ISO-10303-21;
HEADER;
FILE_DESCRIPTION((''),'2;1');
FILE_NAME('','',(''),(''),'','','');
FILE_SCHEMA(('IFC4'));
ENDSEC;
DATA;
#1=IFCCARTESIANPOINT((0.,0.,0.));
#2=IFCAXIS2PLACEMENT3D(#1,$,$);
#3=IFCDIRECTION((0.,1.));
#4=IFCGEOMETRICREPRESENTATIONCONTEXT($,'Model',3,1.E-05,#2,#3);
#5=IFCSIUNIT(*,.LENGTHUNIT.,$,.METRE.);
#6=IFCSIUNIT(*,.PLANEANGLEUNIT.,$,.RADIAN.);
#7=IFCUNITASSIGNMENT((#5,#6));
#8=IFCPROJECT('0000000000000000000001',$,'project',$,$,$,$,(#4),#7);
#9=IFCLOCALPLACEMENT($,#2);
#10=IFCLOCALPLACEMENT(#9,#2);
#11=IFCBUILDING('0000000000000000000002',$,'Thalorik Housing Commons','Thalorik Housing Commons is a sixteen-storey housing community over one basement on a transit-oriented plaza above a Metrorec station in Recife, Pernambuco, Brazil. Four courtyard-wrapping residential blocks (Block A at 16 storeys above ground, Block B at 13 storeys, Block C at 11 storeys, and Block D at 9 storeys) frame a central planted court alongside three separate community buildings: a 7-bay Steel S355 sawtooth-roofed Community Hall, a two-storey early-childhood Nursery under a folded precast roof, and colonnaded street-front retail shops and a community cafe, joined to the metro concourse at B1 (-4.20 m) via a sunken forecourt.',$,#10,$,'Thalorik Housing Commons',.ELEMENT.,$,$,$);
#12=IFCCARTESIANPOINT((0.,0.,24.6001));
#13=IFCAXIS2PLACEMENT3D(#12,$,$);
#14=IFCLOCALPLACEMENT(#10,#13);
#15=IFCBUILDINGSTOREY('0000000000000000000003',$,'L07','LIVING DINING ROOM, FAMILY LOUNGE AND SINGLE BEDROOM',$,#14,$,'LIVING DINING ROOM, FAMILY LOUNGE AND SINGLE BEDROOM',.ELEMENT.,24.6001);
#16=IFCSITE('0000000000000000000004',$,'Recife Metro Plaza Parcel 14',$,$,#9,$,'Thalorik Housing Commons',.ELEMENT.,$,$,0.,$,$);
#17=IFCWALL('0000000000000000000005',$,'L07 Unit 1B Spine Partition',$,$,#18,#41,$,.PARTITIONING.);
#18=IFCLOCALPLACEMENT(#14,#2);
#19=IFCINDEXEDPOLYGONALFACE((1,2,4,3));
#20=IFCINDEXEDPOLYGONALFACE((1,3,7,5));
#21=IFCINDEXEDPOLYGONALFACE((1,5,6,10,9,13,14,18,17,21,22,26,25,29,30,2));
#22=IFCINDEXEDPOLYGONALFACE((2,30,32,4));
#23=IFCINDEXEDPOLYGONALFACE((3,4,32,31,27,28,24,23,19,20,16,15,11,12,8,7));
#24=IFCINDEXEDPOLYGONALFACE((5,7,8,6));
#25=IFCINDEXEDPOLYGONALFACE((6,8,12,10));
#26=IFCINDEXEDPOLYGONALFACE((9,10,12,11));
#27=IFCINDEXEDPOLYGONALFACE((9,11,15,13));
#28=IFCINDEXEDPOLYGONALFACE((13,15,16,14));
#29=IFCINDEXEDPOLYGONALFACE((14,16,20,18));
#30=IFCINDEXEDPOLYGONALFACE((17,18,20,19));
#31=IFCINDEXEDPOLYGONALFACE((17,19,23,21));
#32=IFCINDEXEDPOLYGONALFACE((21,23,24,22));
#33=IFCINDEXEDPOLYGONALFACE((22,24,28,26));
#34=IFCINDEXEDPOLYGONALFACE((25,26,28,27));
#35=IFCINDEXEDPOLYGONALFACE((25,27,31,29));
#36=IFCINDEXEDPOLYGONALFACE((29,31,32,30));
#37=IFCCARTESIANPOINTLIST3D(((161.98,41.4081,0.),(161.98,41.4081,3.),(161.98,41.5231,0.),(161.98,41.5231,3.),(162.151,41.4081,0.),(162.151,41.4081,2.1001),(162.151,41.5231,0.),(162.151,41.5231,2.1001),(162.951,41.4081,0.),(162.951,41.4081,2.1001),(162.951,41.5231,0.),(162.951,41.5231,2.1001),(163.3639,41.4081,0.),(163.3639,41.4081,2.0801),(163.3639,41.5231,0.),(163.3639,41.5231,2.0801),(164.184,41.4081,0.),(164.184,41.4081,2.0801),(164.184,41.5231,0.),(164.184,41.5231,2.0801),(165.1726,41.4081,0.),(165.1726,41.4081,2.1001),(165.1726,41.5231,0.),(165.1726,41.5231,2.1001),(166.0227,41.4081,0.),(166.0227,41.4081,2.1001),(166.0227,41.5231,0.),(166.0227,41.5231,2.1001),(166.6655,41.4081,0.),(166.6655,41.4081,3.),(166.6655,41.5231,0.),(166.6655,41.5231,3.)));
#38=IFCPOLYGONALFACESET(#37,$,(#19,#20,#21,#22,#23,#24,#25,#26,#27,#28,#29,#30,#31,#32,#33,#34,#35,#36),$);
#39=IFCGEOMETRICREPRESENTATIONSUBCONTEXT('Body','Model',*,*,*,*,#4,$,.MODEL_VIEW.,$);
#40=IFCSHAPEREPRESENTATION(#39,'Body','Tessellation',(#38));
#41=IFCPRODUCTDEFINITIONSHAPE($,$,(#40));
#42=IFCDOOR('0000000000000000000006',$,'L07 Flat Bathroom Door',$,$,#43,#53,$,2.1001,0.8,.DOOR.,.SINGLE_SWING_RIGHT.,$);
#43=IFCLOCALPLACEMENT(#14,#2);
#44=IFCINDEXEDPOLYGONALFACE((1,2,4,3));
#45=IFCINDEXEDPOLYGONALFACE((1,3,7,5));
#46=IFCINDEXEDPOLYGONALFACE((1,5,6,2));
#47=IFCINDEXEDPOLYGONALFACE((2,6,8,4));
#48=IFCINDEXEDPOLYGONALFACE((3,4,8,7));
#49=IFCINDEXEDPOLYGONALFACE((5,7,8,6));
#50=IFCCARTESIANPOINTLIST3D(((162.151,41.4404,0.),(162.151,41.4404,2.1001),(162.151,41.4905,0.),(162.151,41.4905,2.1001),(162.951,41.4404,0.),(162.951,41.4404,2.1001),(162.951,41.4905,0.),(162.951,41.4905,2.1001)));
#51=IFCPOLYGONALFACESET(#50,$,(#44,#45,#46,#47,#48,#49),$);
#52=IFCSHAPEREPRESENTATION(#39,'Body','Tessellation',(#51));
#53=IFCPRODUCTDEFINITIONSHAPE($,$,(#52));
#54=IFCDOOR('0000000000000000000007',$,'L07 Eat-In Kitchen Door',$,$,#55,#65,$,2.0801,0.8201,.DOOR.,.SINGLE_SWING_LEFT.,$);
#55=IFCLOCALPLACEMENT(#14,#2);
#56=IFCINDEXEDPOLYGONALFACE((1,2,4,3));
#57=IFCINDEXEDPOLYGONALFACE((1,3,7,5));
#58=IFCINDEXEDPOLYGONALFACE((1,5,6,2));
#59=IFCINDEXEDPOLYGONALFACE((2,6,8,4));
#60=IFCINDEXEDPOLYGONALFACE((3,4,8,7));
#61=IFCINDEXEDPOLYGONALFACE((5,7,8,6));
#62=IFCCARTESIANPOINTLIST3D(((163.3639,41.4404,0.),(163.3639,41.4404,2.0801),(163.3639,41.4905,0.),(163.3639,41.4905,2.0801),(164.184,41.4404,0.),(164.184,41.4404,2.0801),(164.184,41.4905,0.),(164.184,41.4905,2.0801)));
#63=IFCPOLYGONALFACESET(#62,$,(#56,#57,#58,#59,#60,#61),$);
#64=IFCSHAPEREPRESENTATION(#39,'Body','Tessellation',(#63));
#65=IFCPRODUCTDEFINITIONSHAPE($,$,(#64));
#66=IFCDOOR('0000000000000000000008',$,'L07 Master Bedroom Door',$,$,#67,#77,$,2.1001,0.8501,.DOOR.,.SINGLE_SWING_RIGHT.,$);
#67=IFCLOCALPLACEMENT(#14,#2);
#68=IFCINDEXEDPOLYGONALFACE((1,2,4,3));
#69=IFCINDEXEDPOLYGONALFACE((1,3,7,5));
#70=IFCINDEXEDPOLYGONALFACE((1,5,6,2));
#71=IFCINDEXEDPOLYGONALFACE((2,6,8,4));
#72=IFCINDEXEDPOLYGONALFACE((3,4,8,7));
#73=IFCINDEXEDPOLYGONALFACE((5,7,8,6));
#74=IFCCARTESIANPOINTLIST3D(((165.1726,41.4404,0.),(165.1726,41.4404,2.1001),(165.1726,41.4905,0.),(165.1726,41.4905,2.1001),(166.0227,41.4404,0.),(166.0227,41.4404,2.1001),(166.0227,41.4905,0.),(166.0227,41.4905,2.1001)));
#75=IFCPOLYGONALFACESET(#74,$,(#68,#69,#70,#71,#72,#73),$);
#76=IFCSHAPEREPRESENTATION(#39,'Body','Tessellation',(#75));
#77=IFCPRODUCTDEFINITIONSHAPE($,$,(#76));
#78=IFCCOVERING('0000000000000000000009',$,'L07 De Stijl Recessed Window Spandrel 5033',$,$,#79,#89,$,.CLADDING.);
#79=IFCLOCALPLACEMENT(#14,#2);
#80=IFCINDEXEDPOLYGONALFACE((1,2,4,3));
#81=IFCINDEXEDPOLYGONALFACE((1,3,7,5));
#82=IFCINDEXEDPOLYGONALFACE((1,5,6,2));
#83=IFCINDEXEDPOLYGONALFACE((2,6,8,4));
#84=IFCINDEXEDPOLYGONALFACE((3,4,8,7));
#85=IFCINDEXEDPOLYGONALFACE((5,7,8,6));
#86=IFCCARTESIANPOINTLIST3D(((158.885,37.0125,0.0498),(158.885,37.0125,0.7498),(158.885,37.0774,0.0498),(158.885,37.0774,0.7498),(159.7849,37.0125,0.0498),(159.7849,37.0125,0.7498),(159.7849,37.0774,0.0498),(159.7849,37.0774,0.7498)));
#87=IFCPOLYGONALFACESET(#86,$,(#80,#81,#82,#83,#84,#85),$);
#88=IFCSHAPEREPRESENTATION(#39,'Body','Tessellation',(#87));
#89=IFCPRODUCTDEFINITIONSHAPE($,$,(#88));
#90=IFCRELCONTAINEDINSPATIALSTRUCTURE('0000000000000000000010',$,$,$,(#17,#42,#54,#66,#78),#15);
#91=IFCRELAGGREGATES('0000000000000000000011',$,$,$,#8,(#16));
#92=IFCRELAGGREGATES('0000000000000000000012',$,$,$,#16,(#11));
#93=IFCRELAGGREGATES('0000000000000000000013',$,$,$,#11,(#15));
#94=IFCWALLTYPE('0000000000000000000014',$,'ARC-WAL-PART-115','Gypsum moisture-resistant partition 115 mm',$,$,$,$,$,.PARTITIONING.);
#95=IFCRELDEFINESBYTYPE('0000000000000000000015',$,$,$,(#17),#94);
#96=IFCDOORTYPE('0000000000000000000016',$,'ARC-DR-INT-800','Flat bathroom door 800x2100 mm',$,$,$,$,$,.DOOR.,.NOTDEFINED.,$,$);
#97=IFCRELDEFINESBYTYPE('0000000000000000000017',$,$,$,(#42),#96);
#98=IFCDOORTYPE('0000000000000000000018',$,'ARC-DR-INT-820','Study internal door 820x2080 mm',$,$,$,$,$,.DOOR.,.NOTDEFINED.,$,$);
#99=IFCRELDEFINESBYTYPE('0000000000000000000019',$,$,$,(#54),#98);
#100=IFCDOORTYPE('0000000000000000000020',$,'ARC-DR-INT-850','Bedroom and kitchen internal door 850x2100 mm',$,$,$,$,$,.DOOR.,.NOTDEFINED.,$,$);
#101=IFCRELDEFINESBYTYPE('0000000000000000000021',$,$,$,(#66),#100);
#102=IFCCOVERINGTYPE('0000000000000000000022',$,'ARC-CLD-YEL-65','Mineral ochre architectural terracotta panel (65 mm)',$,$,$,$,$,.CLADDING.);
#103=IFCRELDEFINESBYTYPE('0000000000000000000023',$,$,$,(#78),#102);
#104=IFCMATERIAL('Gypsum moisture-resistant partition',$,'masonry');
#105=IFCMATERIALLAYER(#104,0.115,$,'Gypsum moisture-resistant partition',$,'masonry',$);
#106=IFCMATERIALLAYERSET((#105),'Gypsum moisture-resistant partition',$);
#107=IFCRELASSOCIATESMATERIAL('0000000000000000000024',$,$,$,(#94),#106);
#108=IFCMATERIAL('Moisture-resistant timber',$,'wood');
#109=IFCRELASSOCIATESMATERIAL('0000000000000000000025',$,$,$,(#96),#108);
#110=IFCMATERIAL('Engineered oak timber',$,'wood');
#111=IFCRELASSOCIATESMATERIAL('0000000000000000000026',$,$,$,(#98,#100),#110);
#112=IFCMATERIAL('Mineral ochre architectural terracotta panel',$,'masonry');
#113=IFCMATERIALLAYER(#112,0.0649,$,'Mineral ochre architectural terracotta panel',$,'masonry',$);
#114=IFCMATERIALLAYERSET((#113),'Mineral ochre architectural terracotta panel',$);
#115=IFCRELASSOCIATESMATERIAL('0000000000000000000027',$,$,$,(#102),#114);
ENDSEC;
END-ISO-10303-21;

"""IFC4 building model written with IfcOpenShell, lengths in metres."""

from ifc_helpers import new_model, si_unit, direction, frame, frame_2d, origin, origin_2d, place, context, subcontext, project, spatial, rectangle, extrude, material, layer, layer_set, type_object, element, fill, save


model = new_model("IFC4")

# Units and contexts
model_context = context("Model", 3, precision=1e-05, world=origin(), true_north=direction((0.0, 1.0)))
body_context = subcontext(model_context, "Body", "Model", "MODEL_VIEW")
ifc_project = project(units=[si_unit("LENGTHUNIT", "METRE"), si_unit("PLANEANGLEUNIT", "RADIAN")], contexts=[model_context])

# Site, building, storey
site_placement = place(None, origin())
site = spatial("IfcSite", under=ifc_project, at=site_placement, Name="Recife Metro Plaza Parcel 14", LongName="Thalorik Housing Commons", CompositionType="ELEMENT", RefElevation=0.0)
building_placement = place(site_placement, origin())
building = spatial("IfcBuilding", under=site, at=building_placement, Name="Thalorik Housing Commons", Description="Thalorik Housing Commons is a sixteen-storey housing community over one basement on a transit-oriented plaza above a Metrorec station in Recife, Pernambuco, Brazil. Four courtyard-wrapping residential blocks (Block A at 16 storeys above ground, Block B at 13 storeys, Block C at 11 storeys, and Block D at 9 storeys) frame a central planted court alongside three separate community buildings: a 7-bay Steel S355 sawtooth-roofed Community Hall, a two-storey early-childhood Nursery under a folded precast roof, and colonnaded street-front retail shops and a community cafe, joined to the metro concourse at B1 (-4.20 m) via a sunken forecourt.", LongName="Thalorik Housing Commons", CompositionType="ELEMENT")
storey_placement = place(building_placement, frame((0.0, 0.0, 24.6001)))
storey = spatial("IfcBuildingStorey", under=building, at=storey_placement, Name="L07", Description="LIVING DINING ROOM, FAMILY LOUNGE AND SINGLE BEDROOM", LongName="LIVING DINING ROOM, FAMILY LOUNGE AND SINGLE BEDROOM", CompositionType="ELEMENT", Elevation=24.6001)

# Wall, openings, doors
ifc_material_1 = material(Name="Gypsum moisture-resistant partition", Category="masonry")
ifc_layer_1 = layer(ifc_material_1, 0.115, Name="Gypsum moisture-resistant partition", Category="masonry")
ifc_layer_set_1 = layer_set([ifc_layer_1], Name="Gypsum moisture-resistant partition")
wall_type_1 = type_object("IfcWallType", Name="ARC-WAL-PART-115", Description="Gypsum moisture-resistant partition 115 mm", PredefinedType="PARTITIONING", material=ifc_layer_set_1)
wall_1_placement = place(storey_placement, frame((161.98, 41.4656, 0.0), z_axis=(0.0, 0.0, 1.0), x_axis=(1.0, 0.0, 0.0)))
wall_1 = element("IfcWall", 1, at=wall_1_placement, inside=storey, type_object=wall_type_1, Name="L07 Unit 1B Spine Partition", PredefinedType="PARTITIONING", context=body_context, shape_type="SweptSolid", body=[
    extrude(rectangle(XDim=4.6855, YDim=0.115, at=frame_2d((2.3428, 0.0))), origin(), (0.0, 0.0, 1.0), 3.0),
])
opening_1_placement = place(wall_1_placement, frame((0.1711, 0.0, 0.0)))
opening_1 = element("IfcOpeningElement", 2, at=opening_1_placement, cuts=wall_1, PredefinedType="OPENING", context=body_context, shape_type="SweptSolid", body=[
    extrude(rectangle(XDim=0.8, YDim=2.1001, at=frame_2d((0.3999, 1.05))), frame((0.0, 0.0674, 0.0), z_axis=(0.0, -1.0, 0.0), x_axis=(1.0, 0.0, 0.0)), (0.0, 0.0, 1.0), 0.135),
])
opening_2_placement = place(wall_1_placement, frame((1.3838, 0.0, 0.0)))
opening_2 = element("IfcOpeningElement", 3, at=opening_2_placement, cuts=wall_1, PredefinedType="OPENING", context=body_context, shape_type="SweptSolid", body=[
    extrude(rectangle(XDim=0.8201, YDim=2.0801, at=frame_2d((0.4102, 1.04))), frame((0.0, 0.0674, 0.0), z_axis=(0.0, -1.0, 0.0), x_axis=(1.0, 0.0, 0.0)), (0.0, 0.0, 1.0), 0.135),
])
opening_3_placement = place(wall_1_placement, frame((3.1926, 0.0, 0.0)))
opening_3 = element("IfcOpeningElement", 4, at=opening_3_placement, cuts=wall_1, PredefinedType="OPENING", context=body_context, shape_type="SweptSolid", body=[
    extrude(rectangle(XDim=0.8501, YDim=2.1001, at=frame_2d((0.425, 1.05))), frame((0.0, 0.0674, 0.0), z_axis=(0.0, -1.0, 0.0), x_axis=(1.0, 0.0, 0.0)), (0.0, 0.0, 1.0), 0.135),
])
ifc_material_2 = material(Name="Moisture-resistant timber", Category="wood")
door_type_1 = type_object("IfcDoorType", Name="ARC-DR-INT-800", Description="Flat bathroom door 800x2100 mm", OperationType="NOTDEFINED", PredefinedType="DOOR", material=ifc_material_2)
door_1_placement = place(opening_1_placement, origin())
door_1 = element("IfcDoor", 5, at=door_1_placement, inside=storey, type_object=door_type_1, Name="L07 Flat Bathroom Door", OperationType="SINGLE_SWING_RIGHT", OverallHeight=2.1001, OverallWidth=0.8, PredefinedType="DOOR", context=body_context, shape_type="SweptSolid", body=[
    extrude(rectangle(XDim=0.8, YDim=2.1001, at=frame_2d((0.3999, 1.05))), frame((0.0, 0.0249, 0.0), z_axis=(0.0, -1.0, 0.0), x_axis=(1.0, 0.0, 0.0)), (0.0, 0.0, 1.0), 0.05),
])
fill(opening_1, door_1)
ifc_material_3 = material(Name="Engineered oak timber", Category="wood")
door_type_2 = type_object("IfcDoorType", Name="ARC-DR-INT-820", Description="Study internal door 820x2080 mm", OperationType="NOTDEFINED", PredefinedType="DOOR", material=ifc_material_3)
door_2_placement = place(opening_2_placement, origin())
door_2 = element("IfcDoor", 6, at=door_2_placement, inside=storey, type_object=door_type_2, Name="L07 Eat-In Kitchen Door", OperationType="SINGLE_SWING_LEFT", OverallHeight=2.0801, OverallWidth=0.8201, PredefinedType="DOOR", context=body_context, shape_type="SweptSolid", body=[
    extrude(rectangle(XDim=0.8201, YDim=2.0801, at=frame_2d((0.4102, 1.04))), frame((0.0, 0.0249, 0.0), z_axis=(0.0, -1.0, 0.0), x_axis=(1.0, 0.0, 0.0)), (0.0, 0.0, 1.0), 0.05),
])
fill(opening_2, door_2)
door_type_3 = type_object("IfcDoorType", Name="ARC-DR-INT-850", Description="Bedroom and kitchen internal door 850x2100 mm", OperationType="NOTDEFINED", PredefinedType="DOOR", material=ifc_material_3)
door_3_placement = place(opening_3_placement, origin())
door_3 = element("IfcDoor", 7, at=door_3_placement, inside=storey, type_object=door_type_3, Name="L07 Master Bedroom Door", OperationType="SINGLE_SWING_RIGHT", OverallHeight=2.1001, OverallWidth=0.8501, PredefinedType="DOOR", context=body_context, shape_type="SweptSolid", body=[
    extrude(rectangle(XDim=0.8501, YDim=2.1001, at=frame_2d((0.425, 1.05))), frame((0.0, 0.0249, 0.0), z_axis=(0.0, -1.0, 0.0), x_axis=(1.0, 0.0, 0.0)), (0.0, 0.0, 1.0), 0.05),
])
fill(opening_3, door_3)

# Covering
ifc_material_4 = material(Name="Mineral ochre architectural terracotta panel", Category="masonry")
ifc_layer_2 = layer(ifc_material_4, 0.0649, Name="Mineral ochre architectural terracotta panel", Category="masonry")
ifc_layer_set_2 = layer_set([ifc_layer_2], Name="Mineral ochre architectural terracotta panel")
covering_type = type_object("IfcCoveringType", Name="ARC-CLD-YEL-65", Description="Mineral ochre architectural terracotta panel (65 mm)", PredefinedType="CLADDING", material=ifc_layer_set_2)
covering_placement = place(storey_placement, frame((159.335, 37.0449, 0.0498), z_axis=(0.0, 0.0, 1.0), x_axis=(1.0, 0.0, 0.0)))
element("IfcCovering", 8, at=covering_placement, inside=storey, type_object=covering_type, Name="L07 De Stijl Recessed Window Spandrel 5033", PredefinedType="CLADDING", context=body_context, shape_type="SweptSolid", body=[
    extrude(rectangle(XDim=0.8999, YDim=0.0649, at=origin_2d()), origin(), (0.0, 0.0, 1.0), 0.7),
])

save(model, "model.ifc")
